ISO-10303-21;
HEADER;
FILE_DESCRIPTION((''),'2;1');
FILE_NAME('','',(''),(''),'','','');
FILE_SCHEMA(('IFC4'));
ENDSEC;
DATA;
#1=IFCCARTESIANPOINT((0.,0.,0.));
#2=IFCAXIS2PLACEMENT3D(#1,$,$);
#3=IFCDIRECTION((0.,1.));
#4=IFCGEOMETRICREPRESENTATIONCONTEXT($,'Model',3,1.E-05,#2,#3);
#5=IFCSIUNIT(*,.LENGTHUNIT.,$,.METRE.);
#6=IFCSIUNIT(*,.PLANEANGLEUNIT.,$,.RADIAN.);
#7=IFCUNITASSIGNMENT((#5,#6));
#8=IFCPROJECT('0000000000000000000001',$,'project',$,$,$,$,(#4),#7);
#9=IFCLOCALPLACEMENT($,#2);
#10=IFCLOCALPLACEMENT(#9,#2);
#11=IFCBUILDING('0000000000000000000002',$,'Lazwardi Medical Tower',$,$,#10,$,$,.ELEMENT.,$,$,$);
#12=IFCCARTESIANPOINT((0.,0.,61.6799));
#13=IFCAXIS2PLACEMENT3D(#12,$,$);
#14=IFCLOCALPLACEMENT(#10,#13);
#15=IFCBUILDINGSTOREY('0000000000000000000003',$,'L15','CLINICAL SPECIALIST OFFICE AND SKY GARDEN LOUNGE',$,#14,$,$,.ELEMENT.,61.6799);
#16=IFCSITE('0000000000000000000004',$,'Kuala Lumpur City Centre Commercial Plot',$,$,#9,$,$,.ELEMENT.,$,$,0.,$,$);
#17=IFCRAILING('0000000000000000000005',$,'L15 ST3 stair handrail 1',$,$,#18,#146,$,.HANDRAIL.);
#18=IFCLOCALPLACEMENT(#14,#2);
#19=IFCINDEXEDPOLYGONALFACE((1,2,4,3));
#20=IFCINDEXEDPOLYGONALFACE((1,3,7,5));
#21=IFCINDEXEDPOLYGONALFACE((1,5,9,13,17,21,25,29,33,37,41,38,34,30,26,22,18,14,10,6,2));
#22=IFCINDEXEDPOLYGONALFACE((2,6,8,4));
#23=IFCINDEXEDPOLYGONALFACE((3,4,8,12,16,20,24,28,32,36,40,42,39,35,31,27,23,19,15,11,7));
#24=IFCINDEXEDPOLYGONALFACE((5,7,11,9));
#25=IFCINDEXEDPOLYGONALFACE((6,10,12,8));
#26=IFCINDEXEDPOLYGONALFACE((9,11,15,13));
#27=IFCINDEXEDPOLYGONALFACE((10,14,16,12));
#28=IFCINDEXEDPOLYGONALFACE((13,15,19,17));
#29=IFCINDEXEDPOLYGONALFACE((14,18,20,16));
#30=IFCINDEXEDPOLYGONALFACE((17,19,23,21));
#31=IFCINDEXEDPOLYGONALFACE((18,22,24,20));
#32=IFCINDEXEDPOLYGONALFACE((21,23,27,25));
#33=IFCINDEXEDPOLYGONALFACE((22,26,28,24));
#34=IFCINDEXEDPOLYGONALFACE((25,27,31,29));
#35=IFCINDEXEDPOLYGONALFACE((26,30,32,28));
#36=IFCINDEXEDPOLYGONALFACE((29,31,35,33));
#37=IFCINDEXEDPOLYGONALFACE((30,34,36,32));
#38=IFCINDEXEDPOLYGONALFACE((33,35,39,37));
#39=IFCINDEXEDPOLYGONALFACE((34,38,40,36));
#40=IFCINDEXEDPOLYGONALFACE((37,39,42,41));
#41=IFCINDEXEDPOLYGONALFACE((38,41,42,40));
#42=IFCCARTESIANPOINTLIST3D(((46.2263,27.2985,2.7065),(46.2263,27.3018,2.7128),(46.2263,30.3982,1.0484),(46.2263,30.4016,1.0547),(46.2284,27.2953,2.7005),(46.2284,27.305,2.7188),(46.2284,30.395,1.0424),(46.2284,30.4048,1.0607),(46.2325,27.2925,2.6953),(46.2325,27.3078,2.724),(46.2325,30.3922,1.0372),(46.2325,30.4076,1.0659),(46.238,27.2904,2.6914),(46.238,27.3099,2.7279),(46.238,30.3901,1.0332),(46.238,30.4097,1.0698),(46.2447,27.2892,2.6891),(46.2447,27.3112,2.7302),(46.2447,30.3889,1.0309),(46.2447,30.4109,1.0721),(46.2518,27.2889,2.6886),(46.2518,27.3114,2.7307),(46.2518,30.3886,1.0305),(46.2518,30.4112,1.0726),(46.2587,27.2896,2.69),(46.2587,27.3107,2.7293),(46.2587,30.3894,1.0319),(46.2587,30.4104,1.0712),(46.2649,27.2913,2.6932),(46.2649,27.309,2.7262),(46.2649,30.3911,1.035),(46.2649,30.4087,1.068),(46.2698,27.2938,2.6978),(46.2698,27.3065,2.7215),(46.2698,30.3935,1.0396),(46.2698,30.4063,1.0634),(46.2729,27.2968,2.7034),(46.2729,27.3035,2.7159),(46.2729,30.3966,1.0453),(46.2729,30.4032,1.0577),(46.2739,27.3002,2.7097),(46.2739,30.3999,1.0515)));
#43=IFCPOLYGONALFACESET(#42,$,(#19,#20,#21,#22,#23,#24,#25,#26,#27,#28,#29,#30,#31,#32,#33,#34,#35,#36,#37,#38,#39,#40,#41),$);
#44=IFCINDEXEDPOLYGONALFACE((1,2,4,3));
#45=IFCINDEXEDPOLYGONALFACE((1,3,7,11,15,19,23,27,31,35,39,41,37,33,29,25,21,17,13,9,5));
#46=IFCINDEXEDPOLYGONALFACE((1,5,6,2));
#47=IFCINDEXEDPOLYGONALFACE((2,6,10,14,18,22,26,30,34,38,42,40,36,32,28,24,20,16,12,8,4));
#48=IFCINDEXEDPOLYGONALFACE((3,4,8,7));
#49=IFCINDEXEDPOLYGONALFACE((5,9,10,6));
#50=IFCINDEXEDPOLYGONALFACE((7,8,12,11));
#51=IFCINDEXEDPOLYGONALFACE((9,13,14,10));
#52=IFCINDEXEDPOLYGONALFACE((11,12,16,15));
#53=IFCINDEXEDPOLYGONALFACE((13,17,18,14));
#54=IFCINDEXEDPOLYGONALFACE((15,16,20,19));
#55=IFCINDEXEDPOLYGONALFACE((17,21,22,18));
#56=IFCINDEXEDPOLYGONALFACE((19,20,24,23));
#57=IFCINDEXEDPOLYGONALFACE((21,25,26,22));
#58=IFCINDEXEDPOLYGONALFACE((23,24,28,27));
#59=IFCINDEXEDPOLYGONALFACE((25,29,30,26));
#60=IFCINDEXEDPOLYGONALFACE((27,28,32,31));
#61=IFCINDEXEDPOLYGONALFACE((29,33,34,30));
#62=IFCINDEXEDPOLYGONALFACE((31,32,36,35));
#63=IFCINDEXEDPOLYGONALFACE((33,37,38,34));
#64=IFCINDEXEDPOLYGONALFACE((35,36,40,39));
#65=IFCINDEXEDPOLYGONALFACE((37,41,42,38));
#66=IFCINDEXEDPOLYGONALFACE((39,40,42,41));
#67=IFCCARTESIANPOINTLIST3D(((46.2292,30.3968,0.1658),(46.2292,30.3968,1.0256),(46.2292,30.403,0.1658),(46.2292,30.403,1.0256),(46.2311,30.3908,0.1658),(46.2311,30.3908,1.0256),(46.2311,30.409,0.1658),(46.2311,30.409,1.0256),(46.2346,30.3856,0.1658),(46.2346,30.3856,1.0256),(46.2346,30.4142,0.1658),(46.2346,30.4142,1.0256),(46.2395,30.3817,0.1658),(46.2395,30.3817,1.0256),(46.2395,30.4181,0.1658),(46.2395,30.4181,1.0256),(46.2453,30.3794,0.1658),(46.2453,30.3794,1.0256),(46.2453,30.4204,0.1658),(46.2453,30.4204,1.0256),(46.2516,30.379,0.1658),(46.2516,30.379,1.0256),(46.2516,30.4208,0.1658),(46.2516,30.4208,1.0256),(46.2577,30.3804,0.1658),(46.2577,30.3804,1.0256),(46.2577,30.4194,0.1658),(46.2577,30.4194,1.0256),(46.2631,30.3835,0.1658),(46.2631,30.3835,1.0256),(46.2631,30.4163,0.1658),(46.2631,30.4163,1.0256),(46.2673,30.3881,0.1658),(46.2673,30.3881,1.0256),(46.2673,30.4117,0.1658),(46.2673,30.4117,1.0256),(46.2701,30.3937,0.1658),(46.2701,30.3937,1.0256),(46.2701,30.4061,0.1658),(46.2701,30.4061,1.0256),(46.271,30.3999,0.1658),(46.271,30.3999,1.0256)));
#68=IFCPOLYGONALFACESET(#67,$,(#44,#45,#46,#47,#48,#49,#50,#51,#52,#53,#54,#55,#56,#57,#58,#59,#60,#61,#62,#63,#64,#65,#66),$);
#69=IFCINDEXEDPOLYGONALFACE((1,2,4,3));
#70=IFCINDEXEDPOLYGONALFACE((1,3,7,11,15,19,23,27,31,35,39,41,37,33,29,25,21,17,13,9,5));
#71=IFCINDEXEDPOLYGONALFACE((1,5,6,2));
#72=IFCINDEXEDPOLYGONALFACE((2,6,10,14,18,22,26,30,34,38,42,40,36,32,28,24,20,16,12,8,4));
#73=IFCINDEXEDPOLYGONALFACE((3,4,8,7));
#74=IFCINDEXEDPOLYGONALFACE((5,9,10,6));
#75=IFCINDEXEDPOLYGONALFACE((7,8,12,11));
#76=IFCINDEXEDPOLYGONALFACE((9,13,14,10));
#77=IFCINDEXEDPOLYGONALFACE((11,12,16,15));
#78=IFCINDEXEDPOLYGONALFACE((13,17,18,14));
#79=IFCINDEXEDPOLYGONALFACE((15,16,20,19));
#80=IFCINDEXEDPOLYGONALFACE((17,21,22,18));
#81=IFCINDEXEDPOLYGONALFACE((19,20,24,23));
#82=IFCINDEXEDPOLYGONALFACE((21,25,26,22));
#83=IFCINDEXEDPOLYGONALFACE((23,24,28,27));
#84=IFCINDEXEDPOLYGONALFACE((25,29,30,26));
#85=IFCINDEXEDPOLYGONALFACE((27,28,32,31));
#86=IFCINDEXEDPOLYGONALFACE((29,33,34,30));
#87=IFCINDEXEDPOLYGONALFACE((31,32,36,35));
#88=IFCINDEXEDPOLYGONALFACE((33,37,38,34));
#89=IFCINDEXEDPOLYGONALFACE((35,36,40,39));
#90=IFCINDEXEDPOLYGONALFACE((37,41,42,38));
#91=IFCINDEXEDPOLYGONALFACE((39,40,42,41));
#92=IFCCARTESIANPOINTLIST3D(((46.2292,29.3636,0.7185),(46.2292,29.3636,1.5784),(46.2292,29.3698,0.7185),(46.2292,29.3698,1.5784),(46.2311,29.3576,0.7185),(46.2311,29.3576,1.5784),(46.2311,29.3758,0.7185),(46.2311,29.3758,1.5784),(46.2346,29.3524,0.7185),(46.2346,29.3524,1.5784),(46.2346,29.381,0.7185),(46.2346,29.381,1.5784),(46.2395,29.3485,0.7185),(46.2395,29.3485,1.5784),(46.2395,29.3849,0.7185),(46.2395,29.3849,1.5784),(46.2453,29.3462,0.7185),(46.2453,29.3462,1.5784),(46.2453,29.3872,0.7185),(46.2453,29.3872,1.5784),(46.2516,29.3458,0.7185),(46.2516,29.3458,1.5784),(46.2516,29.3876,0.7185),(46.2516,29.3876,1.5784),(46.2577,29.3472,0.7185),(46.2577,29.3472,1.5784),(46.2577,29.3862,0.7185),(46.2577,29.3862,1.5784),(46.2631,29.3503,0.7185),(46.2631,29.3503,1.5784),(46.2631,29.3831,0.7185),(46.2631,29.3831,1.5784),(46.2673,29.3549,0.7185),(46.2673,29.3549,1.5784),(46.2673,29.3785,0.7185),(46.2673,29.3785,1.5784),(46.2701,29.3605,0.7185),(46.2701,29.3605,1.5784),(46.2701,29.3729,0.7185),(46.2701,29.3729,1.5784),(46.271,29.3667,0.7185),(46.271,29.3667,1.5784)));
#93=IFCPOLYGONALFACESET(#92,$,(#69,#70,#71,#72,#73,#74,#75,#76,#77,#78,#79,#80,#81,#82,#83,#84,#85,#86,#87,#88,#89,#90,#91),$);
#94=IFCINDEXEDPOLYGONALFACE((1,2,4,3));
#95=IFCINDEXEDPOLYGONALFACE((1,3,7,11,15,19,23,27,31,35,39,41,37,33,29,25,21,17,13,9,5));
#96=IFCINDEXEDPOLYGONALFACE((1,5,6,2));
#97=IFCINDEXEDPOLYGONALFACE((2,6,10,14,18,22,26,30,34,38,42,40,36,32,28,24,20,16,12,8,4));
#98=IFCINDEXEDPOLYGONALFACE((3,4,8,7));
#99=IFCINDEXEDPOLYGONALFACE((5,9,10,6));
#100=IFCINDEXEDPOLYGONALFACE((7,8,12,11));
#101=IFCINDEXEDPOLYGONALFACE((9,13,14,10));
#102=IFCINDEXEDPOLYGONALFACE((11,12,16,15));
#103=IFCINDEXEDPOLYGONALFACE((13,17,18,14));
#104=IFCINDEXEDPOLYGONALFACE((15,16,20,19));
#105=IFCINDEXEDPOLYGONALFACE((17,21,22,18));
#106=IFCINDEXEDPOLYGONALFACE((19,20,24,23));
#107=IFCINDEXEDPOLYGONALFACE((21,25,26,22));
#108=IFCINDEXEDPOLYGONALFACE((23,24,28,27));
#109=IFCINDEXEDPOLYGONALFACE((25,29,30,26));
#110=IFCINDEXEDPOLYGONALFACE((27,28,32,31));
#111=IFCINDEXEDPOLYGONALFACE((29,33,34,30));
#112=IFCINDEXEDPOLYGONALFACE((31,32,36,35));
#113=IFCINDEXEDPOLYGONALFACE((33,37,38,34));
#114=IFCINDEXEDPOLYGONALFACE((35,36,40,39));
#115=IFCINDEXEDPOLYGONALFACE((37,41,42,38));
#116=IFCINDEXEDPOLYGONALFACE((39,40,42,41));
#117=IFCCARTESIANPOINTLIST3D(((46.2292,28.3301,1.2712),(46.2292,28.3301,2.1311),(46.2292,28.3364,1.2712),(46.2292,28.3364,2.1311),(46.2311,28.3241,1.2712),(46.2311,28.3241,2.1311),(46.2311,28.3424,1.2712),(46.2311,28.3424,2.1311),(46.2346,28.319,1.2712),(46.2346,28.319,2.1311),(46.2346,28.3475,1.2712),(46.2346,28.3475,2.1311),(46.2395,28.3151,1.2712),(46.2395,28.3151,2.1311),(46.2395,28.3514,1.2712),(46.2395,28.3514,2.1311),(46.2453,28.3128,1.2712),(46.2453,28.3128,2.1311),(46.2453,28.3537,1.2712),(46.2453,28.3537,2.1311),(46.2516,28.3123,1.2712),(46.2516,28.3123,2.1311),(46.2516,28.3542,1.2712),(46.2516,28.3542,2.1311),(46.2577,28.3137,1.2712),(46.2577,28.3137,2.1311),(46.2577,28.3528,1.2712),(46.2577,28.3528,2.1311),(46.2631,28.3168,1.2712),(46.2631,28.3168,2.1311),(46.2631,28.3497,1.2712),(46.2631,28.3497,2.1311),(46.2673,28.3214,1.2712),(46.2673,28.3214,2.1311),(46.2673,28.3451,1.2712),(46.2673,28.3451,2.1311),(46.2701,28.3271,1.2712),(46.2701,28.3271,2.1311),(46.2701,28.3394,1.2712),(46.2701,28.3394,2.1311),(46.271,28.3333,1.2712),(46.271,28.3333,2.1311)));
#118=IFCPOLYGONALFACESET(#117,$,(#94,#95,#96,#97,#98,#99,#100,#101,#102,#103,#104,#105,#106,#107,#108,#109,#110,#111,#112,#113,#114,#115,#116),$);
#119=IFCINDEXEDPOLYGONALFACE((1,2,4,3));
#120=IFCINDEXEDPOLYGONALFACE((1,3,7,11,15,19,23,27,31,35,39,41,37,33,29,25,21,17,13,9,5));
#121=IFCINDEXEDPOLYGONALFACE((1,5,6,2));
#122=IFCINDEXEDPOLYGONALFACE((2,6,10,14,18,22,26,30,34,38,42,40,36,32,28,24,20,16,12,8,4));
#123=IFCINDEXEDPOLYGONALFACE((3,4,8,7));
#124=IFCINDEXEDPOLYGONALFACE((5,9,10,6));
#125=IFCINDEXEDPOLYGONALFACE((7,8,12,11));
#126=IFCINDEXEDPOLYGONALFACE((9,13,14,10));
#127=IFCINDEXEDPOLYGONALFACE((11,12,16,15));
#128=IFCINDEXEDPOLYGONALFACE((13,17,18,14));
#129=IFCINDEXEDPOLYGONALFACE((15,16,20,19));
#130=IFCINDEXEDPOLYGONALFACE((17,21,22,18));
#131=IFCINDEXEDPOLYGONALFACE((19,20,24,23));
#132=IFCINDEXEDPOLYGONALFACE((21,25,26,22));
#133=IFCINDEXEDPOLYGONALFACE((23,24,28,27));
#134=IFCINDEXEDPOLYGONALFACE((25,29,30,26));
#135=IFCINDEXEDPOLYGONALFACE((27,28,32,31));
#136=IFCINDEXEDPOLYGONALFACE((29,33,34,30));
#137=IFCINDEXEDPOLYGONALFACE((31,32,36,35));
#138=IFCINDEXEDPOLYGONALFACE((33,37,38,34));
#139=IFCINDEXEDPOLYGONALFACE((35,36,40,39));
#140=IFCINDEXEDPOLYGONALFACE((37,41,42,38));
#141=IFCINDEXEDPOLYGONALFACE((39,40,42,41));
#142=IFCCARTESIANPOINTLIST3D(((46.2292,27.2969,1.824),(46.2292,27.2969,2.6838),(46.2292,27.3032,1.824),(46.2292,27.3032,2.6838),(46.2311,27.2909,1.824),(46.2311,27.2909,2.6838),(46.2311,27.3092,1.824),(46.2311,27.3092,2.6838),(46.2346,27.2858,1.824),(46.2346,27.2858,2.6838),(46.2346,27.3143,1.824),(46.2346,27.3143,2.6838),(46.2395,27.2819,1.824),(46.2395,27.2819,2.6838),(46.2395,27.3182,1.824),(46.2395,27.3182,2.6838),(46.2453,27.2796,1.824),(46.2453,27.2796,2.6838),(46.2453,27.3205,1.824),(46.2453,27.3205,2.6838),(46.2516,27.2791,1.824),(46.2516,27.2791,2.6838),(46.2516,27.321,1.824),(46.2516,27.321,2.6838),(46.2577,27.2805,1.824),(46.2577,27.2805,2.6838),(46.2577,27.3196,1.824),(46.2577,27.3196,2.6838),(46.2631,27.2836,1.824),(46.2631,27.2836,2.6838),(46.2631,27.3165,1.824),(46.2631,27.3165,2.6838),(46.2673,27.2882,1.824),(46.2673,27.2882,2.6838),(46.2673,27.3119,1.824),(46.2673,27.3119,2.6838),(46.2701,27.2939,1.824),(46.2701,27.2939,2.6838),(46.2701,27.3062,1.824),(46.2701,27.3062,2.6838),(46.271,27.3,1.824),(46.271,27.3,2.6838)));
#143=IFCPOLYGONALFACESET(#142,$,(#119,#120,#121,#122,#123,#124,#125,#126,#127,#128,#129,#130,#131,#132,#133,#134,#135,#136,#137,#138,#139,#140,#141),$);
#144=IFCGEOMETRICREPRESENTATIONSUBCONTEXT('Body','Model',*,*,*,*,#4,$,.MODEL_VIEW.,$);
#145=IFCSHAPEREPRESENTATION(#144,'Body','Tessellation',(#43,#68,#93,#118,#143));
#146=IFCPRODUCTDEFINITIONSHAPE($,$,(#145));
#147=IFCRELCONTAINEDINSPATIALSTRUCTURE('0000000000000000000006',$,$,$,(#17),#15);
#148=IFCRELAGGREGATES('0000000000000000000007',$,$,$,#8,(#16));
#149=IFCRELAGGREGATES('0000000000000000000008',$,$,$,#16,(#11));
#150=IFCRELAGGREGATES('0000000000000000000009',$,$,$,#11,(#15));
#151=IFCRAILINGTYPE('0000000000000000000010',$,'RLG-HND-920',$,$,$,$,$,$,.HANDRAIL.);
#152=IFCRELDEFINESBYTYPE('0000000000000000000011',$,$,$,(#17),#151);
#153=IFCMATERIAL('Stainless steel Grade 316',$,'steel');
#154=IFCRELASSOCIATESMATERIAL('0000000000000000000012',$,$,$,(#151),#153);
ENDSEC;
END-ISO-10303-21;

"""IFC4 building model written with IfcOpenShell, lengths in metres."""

from ifc_helpers import new_model, si_unit, direction, frame, origin, origin_2d, place, context, subcontext, project, spatial, circle, extrude, material, type_object, element, save


model = new_model("IFC4")

# Units and contexts
model_context = context("Model", 3, precision=1e-05, world=origin(), true_north=direction((0.0, 1.0)))
body_context = subcontext(model_context, "Body", "Model", "MODEL_VIEW")
ifc_project = project(units=[si_unit("LENGTHUNIT", "METRE"), si_unit("PLANEANGLEUNIT", "RADIAN")], contexts=[model_context])

# Site, building, storey
site_placement = place(None, origin())
site = spatial("IfcSite", under=ifc_project, at=site_placement, Name="Kuala Lumpur City Centre Commercial Plot", CompositionType="ELEMENT", RefElevation=0.0)
building_placement = place(site_placement, origin())
building = spatial("IfcBuilding", under=site, at=building_placement, Name="Lazwardi Medical Tower", CompositionType="ELEMENT")
storey_placement = place(building_placement, frame((0.0, 0.0, 61.6799)))
storey = spatial("IfcBuildingStorey", under=building, at=storey_placement, Name="L15", Description="CLINICAL SPECIALIST OFFICE AND SKY GARDEN LOUNGE", CompositionType="ELEMENT", Elevation=61.6799)

# Railing
ifc_material_1 = material(Name="Stainless steel Grade 316", Category="steel")
railing_type_1 = type_object("IfcRailingType", Name="RLG-HND-920", PredefinedType="HANDRAIL", material=ifc_material_1)
railing_1_placement = place(storey_placement, frame((46.25, 30.3999, 0.1658)))
element("IfcRailing", 1, at=railing_1_placement, inside=storey, type_object=railing_type_1, Name="L15 ST3 stair handrail 1", PredefinedType="HANDRAIL", context=body_context, shape_type="SweptSolid", body=[
    extrude(circle(Radius=0.0239, at=origin_2d()), frame((0.0, 0.0, 0.8857), z_axis=(0.0, -0.881768, 0.471684), x_axis=(1.0, 0.0, 0.0)), (0.0, 0.0, 1.0), 3.5154),
    extrude(circle(Radius=0.021, at=origin_2d()), origin(), (0.0, 0.0, 1.0), 0.8599),
    extrude(circle(Radius=0.021, at=origin_2d()), frame((0.0, -1.0332, 0.5527)), (0.0, 0.0, 1.0), 0.8599),
    extrude(circle(Radius=0.021, at=origin_2d()), frame((0.0, -2.0667, 1.1055)), (0.0, 0.0, 1.0), 0.8599),
    extrude(circle(Radius=0.021, at=origin_2d()), frame((0.0, -3.0999, 1.6582)), (0.0, 0.0, 1.0), 0.8599),
])

save(model, "model.ifc")
